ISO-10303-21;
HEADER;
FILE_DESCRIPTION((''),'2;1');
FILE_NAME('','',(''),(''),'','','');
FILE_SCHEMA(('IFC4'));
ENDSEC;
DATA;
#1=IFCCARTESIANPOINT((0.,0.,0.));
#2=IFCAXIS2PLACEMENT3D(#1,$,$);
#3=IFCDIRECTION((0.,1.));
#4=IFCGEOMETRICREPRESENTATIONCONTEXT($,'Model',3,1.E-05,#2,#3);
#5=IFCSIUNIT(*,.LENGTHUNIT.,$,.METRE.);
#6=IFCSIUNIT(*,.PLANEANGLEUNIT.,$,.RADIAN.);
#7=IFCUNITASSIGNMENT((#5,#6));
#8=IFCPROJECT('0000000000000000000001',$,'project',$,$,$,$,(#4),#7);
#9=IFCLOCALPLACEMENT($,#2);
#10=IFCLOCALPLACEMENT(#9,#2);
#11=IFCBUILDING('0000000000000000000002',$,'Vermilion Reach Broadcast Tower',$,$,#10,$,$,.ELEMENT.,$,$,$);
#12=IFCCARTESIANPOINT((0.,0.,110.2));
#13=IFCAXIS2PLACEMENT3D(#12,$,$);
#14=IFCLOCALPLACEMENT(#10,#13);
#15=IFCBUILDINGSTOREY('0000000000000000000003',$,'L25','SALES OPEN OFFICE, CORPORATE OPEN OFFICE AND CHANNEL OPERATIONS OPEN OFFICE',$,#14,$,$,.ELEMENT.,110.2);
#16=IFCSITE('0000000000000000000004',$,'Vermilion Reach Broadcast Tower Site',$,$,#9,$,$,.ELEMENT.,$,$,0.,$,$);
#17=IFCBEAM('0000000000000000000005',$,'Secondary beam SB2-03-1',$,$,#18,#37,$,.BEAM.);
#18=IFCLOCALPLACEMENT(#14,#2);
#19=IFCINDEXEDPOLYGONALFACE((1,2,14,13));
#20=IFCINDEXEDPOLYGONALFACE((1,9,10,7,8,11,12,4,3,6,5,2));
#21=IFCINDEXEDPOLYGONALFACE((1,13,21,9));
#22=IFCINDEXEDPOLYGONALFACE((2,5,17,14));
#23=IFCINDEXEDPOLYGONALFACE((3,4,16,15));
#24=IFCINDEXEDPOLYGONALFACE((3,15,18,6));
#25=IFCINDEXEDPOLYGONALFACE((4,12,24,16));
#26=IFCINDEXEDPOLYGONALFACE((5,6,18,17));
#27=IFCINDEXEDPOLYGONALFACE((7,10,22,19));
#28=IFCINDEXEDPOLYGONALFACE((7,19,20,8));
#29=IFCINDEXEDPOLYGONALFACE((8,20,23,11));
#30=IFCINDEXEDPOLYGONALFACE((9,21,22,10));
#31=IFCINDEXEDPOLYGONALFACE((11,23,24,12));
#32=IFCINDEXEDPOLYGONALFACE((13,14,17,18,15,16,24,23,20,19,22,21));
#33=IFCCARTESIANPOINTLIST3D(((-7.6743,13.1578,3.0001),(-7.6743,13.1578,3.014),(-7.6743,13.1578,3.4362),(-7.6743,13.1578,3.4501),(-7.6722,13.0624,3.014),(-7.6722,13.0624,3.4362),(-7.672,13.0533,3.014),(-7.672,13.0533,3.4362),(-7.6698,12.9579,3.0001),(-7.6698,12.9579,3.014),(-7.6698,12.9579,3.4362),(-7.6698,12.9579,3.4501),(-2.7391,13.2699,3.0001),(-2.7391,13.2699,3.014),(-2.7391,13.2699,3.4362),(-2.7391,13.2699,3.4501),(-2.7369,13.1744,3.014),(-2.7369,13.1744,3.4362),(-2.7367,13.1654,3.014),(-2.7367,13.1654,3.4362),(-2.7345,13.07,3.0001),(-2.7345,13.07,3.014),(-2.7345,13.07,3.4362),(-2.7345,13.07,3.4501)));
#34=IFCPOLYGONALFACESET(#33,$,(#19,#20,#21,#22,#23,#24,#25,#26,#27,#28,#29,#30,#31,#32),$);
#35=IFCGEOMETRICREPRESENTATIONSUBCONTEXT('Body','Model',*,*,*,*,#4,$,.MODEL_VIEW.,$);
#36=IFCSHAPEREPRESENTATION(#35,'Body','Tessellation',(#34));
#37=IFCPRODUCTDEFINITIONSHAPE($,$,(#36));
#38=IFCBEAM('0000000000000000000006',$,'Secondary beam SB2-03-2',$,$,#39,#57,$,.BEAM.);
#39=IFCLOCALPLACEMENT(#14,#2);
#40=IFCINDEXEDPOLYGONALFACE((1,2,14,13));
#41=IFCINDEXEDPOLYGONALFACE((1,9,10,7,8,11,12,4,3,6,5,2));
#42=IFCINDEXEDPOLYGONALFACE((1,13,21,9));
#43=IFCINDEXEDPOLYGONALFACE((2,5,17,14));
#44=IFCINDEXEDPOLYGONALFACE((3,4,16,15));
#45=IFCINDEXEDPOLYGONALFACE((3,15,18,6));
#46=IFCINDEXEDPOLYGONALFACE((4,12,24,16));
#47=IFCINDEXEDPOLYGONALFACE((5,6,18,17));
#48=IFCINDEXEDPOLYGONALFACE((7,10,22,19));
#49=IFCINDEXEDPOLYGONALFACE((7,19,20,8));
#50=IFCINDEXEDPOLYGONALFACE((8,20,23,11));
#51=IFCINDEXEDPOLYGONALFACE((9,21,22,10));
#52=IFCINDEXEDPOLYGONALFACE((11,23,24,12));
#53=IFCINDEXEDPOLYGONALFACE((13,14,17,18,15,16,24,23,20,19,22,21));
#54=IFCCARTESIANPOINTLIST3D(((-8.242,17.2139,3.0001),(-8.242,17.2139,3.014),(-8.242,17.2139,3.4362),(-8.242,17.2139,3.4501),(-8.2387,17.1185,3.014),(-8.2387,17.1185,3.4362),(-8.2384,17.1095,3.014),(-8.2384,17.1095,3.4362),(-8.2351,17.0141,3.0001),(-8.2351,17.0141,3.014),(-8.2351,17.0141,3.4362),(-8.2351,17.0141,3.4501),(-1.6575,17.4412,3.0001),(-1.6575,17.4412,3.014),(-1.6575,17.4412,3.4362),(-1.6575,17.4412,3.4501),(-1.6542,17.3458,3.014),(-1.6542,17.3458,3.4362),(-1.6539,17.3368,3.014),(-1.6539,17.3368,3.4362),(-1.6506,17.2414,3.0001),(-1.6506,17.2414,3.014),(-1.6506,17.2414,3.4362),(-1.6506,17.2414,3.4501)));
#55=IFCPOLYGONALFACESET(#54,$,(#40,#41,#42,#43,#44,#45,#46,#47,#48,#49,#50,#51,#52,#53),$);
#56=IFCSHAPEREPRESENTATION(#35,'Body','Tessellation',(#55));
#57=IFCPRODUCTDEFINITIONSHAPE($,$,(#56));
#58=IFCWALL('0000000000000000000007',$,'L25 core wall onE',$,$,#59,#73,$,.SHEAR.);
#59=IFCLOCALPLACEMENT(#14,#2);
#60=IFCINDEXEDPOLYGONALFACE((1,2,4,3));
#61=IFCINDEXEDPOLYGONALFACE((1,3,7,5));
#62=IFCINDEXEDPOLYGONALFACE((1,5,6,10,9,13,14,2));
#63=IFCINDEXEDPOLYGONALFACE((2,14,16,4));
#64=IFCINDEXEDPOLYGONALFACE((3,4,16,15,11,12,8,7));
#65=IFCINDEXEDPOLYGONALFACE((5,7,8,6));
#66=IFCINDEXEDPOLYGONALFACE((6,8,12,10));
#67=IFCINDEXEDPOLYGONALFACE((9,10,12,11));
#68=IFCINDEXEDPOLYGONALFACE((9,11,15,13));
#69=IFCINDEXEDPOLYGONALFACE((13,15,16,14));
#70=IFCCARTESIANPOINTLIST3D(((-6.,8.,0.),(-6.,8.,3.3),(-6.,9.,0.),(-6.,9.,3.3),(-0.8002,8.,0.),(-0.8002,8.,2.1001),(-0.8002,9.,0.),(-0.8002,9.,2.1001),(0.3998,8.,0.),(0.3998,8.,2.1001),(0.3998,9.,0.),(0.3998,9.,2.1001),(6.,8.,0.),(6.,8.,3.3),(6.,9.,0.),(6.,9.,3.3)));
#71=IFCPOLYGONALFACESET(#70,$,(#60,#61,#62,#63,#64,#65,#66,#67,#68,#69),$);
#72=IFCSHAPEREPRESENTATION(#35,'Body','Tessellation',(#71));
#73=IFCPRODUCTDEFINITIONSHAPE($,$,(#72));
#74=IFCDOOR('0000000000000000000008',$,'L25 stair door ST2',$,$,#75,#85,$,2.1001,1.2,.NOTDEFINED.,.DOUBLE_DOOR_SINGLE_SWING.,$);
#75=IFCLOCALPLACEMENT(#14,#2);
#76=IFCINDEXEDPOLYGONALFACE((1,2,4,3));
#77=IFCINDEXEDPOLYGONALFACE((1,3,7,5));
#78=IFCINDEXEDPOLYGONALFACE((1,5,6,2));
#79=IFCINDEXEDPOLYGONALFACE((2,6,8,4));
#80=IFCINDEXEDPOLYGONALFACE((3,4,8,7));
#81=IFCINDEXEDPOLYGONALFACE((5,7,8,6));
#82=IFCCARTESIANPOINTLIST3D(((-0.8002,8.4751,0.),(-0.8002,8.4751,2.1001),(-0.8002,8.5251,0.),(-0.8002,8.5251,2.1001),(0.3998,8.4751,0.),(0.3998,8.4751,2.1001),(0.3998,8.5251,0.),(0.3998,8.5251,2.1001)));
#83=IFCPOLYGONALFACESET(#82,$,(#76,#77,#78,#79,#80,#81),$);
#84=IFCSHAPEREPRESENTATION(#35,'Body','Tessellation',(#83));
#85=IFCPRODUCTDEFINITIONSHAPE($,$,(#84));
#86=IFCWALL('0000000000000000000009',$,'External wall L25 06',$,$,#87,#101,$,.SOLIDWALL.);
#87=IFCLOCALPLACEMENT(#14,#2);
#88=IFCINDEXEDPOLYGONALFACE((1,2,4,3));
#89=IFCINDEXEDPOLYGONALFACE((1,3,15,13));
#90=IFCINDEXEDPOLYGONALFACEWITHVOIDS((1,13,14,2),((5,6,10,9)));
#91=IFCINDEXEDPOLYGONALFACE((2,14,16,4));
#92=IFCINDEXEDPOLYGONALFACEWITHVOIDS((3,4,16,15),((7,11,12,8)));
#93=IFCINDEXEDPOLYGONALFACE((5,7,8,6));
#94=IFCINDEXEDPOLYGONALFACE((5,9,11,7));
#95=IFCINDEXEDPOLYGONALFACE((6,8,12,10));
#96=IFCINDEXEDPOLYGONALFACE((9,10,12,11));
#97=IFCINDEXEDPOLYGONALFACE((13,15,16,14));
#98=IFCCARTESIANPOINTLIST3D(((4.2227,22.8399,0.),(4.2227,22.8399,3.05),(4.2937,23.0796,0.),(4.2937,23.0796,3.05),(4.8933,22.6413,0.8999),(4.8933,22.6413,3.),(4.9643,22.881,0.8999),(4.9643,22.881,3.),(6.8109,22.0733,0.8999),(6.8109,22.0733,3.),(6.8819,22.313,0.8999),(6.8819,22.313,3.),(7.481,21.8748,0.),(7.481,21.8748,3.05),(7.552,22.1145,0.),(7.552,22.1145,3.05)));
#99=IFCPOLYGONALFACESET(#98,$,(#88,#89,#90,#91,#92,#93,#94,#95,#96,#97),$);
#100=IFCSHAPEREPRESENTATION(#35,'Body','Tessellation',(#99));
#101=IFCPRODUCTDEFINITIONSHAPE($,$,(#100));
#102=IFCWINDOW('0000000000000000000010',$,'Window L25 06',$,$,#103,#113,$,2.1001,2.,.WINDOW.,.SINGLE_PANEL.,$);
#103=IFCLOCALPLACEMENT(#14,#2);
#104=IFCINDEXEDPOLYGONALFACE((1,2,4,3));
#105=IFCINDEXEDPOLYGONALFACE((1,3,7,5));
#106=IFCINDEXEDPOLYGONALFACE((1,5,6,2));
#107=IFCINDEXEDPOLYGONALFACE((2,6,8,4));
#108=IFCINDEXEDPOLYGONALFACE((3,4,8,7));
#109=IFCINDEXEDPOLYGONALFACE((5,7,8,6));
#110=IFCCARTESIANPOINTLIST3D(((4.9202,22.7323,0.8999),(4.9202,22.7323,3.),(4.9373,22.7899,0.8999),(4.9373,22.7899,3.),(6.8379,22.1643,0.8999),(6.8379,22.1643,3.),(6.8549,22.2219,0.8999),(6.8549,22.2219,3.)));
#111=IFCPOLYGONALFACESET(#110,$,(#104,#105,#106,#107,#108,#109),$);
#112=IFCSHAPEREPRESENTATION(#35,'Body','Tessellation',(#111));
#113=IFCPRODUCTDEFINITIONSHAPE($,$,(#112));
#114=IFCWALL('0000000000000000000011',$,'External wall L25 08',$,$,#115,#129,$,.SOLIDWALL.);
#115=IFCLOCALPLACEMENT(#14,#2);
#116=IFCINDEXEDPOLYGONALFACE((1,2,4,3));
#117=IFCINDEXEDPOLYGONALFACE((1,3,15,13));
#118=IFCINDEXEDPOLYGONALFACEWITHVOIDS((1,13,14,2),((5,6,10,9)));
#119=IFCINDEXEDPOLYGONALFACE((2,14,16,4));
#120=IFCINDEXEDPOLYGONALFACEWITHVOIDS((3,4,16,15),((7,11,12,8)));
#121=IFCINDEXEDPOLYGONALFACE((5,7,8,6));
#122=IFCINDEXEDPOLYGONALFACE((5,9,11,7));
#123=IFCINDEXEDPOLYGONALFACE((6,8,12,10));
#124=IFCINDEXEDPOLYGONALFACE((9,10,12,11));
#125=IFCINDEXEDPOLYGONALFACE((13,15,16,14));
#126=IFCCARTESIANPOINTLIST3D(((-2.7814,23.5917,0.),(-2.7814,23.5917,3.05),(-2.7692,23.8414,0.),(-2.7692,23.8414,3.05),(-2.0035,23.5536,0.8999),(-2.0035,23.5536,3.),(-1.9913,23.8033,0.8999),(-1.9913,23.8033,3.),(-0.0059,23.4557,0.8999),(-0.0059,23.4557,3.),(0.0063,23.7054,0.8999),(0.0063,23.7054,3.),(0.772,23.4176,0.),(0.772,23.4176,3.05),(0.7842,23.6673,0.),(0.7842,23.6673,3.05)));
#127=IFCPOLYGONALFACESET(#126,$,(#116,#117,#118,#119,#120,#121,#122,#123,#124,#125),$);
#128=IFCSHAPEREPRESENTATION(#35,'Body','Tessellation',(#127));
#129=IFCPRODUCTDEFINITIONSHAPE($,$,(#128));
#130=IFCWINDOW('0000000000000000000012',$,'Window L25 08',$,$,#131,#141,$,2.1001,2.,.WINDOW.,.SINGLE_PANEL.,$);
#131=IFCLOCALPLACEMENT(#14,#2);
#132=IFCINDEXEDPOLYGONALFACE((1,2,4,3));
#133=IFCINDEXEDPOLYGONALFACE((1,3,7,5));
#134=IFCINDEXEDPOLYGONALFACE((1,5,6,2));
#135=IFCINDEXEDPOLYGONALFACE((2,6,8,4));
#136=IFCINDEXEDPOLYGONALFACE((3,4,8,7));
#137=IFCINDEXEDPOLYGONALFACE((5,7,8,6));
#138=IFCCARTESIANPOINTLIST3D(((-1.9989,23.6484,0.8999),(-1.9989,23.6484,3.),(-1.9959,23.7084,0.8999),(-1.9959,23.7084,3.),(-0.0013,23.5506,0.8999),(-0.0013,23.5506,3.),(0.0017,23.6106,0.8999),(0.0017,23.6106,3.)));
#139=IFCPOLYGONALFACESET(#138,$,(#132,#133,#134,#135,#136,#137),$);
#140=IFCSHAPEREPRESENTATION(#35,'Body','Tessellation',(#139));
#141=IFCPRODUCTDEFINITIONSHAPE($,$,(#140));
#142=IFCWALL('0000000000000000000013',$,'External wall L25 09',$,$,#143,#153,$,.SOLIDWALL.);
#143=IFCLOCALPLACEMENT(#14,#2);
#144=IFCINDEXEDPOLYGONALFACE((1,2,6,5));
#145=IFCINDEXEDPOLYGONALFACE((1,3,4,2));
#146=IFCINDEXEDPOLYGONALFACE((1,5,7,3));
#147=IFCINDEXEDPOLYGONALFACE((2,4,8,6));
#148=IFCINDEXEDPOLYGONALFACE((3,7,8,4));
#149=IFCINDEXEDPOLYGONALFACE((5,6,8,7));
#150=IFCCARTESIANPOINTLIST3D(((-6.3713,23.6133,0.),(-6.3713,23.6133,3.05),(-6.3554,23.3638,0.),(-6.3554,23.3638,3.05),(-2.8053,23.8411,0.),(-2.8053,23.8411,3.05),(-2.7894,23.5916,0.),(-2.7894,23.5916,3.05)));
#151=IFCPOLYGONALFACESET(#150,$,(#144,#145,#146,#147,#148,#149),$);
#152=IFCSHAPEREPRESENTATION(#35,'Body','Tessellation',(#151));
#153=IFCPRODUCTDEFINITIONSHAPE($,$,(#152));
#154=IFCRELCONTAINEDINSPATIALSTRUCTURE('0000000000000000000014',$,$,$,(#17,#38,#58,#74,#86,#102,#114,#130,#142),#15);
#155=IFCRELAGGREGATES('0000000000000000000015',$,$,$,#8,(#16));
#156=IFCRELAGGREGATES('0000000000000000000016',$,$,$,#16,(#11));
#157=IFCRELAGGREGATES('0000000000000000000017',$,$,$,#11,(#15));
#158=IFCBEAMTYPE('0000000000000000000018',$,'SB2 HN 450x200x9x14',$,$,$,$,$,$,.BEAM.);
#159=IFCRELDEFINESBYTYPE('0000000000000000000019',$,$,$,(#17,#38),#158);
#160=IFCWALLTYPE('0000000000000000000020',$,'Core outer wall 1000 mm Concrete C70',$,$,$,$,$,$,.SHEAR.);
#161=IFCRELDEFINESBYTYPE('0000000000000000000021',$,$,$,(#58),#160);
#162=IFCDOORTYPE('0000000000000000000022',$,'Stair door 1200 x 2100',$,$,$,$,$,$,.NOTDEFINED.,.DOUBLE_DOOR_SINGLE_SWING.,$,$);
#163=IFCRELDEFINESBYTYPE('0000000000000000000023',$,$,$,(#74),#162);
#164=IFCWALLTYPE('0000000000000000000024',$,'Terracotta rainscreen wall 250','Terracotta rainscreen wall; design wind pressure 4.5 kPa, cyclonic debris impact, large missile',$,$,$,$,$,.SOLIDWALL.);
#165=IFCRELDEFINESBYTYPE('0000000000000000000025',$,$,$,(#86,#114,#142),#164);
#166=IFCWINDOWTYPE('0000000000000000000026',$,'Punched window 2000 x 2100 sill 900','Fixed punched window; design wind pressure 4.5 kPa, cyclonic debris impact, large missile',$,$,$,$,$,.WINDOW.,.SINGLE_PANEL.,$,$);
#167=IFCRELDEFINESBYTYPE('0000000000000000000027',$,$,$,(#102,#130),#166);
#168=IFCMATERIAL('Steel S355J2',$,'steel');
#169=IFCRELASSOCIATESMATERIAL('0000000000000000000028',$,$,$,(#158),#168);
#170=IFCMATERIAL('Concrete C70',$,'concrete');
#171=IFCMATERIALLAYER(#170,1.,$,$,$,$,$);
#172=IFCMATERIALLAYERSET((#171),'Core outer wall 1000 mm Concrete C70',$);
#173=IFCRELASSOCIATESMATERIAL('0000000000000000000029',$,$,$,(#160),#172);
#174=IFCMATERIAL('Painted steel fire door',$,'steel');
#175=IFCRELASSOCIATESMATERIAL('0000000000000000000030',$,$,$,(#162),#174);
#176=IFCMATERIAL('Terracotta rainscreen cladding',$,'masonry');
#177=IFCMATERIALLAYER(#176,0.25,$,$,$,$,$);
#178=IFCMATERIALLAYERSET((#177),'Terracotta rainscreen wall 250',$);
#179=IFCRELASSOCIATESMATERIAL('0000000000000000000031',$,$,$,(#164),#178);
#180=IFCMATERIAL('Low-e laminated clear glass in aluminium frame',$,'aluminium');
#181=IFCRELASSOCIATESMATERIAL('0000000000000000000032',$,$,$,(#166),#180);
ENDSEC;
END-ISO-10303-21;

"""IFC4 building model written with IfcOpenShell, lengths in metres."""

from ifc_helpers import new_model, si_unit, direction, frame, frame_2d, origin, origin_2d, place, context, subcontext, project, spatial, rectangle, i_section, extrude, material, layer, layer_set, material_profile, profile_set, type_object, element, fill, save


model = new_model("IFC4")

# Units and contexts
model_context = context("Model", 3, precision=1e-05, world=origin(), true_north=direction((0.0, 1.0)))
body_context = subcontext(model_context, "Body", "Model", "MODEL_VIEW")
ifc_project = project(units=[si_unit("LENGTHUNIT", "METRE"), si_unit("PLANEANGLEUNIT", "RADIAN")], contexts=[model_context])

# Site, building, storey
site_placement = place(None, origin())
site = spatial("IfcSite", under=ifc_project, at=site_placement, Name="Vermilion Reach Broadcast Tower Site", CompositionType="ELEMENT", RefElevation=0.0)
building_placement = place(site_placement, origin())
building = spatial("IfcBuilding", under=site, at=building_placement, Name="Vermilion Reach Broadcast Tower", CompositionType="ELEMENT")
storey_placement = place(building_placement, frame((0.0, 0.0, 110.2)))
storey = spatial("IfcBuildingStorey", under=building, at=storey_placement, Name="L25", Description="SALES OPEN OFFICE, CORPORATE OPEN OFFICE AND CHANNEL OPERATIONS OPEN OFFICE", CompositionType="ELEMENT", Elevation=110.2)

# Beams
ifc_material_1 = material(Name="Steel S355J2", Category="steel")
ifc_material_profile_1 = material_profile(ifc_material_1, i_section(OverallWidth=0.2, OverallDepth=0.45, WebThickness=0.009, FlangeThickness=0.0139, at=origin_2d()), Name="S355J2 HN 450x200x9x14")
ifc_profile_set_1 = profile_set([ifc_material_profile_1], Name="Steel S355J2")
beam_type_1 = type_object("IfcBeamType", Name="SB2 HN 450x200x9x14", PredefinedType="BEAM", material=ifc_profile_set_1)
beam_1_placement = place(storey_placement, frame((-2.7368, 13.1699, 3.2251), z_axis=(-0.999742, -0.0227, 0.0), x_axis=(0.0227, -0.999742, 0.0)))
element("IfcBeam", 1, at=beam_1_placement, inside=storey, type_object=beam_type_1, Name="Secondary beam SB2-03-1", PredefinedType="BEAM", context=body_context, shape_type="SweptSolid", body=[
    extrude(i_section(OverallWidth=0.2, OverallDepth=0.45, WebThickness=0.009, FlangeThickness=0.0139, at=origin_2d()), origin(), (0.0, 0.0, 1.0), 4.9365),
])
beam_2_placement = place(storey_placement, frame((-1.6541, 17.3413, 3.2251), z_axis=(-0.999405, -0.034499, 0.0), x_axis=(0.034499, -0.999405, 0.0)))
element("IfcBeam", 2, at=beam_2_placement, inside=storey, type_object=beam_type_1, Name="Secondary beam SB2-03-2", PredefinedType="BEAM", context=body_context, shape_type="SweptSolid", body=[
    extrude(i_section(OverallWidth=0.2, OverallDepth=0.45, WebThickness=0.009, FlangeThickness=0.0139, at=origin_2d()), origin(), (0.0, 0.0, 1.0), 6.5884),
])

# Wall, opening, door
ifc_material_2 = material(Name="Concrete C70", Category="concrete")
ifc_layer_1 = layer(ifc_material_2, 1.0)
ifc_layer_set_1 = layer_set([ifc_layer_1], Name="Core outer wall 1000 mm Concrete C70")
wall_type_1 = type_object("IfcWallType", Name="Core outer wall 1000 mm Concrete C70", PredefinedType="SHEAR", material=ifc_layer_set_1)
wall_1_placement = place(storey_placement, frame((6.0, 8.5, 0.0), z_axis=(0.0, 0.0, 1.0), x_axis=(-1.0, 0.0, 0.0)))
wall_1 = element("IfcWall", 3, at=wall_1_placement, inside=storey, type_object=wall_type_1, Name="L25 core wall onE", PredefinedType="SHEAR", context=body_context, shape_type="SweptSolid", body=[
    extrude(rectangle(XDim=12.0, YDim=1.0, at=frame_2d((6.0, 0.0))), origin(), (0.0, 0.0, 1.0), 3.3),
])
opening_1_placement = place(wall_1_placement, frame((5.6001, 0.0, 0.0)))
opening_1 = element("IfcOpeningElement", 4, at=opening_1_placement, cuts=wall_1, PredefinedType="OPENING", context=body_context, shape_type="SweptSolid", body=[
    extrude(rectangle(XDim=1.2, YDim=2.1001, at=frame_2d((0.6001, 1.05))), frame((0.0, 0.51, 0.0), z_axis=(0.0, -1.0, 0.0), x_axis=(1.0, 0.0, 0.0)), (0.0, 0.0, 1.0), 1.02),
])
ifc_material_3 = material(Name="Painted steel fire door", Category="steel")
door_type_1 = type_object("IfcDoorType", Name="Stair door 1200 x 2100", OperationType="DOUBLE_DOOR_SINGLE_SWING", PredefinedType="NOTDEFINED", material=ifc_material_3)
door_1_placement = place(opening_1_placement, origin())
door_1 = element("IfcDoor", 5, at=door_1_placement, inside=storey, type_object=door_type_1, Name="L25 stair door ST2", OperationType="DOUBLE_DOOR_SINGLE_SWING", OverallHeight=2.1001, OverallWidth=1.2, PredefinedType="NOTDEFINED", context=body_context, shape_type="SweptSolid", body=[
    extrude(rectangle(XDim=1.2, YDim=2.1001, at=frame_2d((0.6001, 1.05))), frame((0.0, 0.0249, 0.0), z_axis=(0.0, -1.0, 0.0), x_axis=(1.0, 0.0, 0.0)), (0.0, 0.0, 1.0), 0.05),
])
fill(opening_1, door_1)

# Wall, opening, window
ifc_material_4 = material(Name="Terracotta rainscreen cladding", Category="masonry")
ifc_layer_2 = layer(ifc_material_4, 0.25)
ifc_layer_set_2 = layer_set([ifc_layer_2], Name="Terracotta rainscreen wall 250")
wall_type_2 = type_object("IfcWallType", Name="Terracotta rainscreen wall 250", Description="Terracotta rainscreen wall; design wind pressure 4.5 kPa, cyclonic debris impact, large missile", PredefinedType="SOLIDWALL", material=ifc_layer_set_2)
wall_2_placement = place(storey_placement, frame((7.5166, 21.9946, 0.0), z_axis=(0.0, 0.0, 1.0), x_axis=(-0.958825, 0.283998, 0.0)))
wall_2 = element("IfcWall", 6, at=wall_2_placement, inside=storey, type_object=wall_type_2, Name="External wall L25 06", PredefinedType="SOLIDWALL", context=body_context, shape_type="SweptSolid", body=[
    extrude(rectangle(XDim=3.3982, YDim=0.25, at=frame_2d((1.6992, 0.0))), origin(), (0.0, 0.0, 1.0), 3.05),
])
opening_2_placement = place(wall_2_placement, frame((0.699, 0.0, 0.8999)))
opening_2 = element("IfcOpeningElement", 7, at=opening_2_placement, cuts=wall_2, PredefinedType="OPENING", context=body_context, shape_type="SweptSolid", body=[
    extrude(rectangle(XDim=2.0, YDim=2.1001, at=frame_2d((1.0, 1.05))), frame((0.0, 0.135, 0.0), z_axis=(0.0, -1.0, 0.0), x_axis=(1.0, 0.0, 0.0)), (0.0, 0.0, 1.0), 0.27),
])
ifc_material_5 = material(Name="Low-e laminated clear glass in aluminium frame", Category="aluminium")
window_type = type_object("IfcWindowType", Name="Punched window 2000 x 2100 sill 900", Description="Fixed punched window; design wind pressure 4.5 kPa, cyclonic debris impact, large missile", PartitioningType="SINGLE_PANEL", PredefinedType="WINDOW", material=ifc_material_5)
window_1_placement = place(opening_2_placement, origin())
window_1 = element("IfcWindow", 8, at=window_1_placement, inside=storey, type_object=window_type, Name="Window L25 06", OverallHeight=2.1001, OverallWidth=2.0, PartitioningType="SINGLE_PANEL", PredefinedType="WINDOW", context=body_context, shape_type="SweptSolid", body=[
    extrude(rectangle(XDim=2.0, YDim=2.1001, at=frame_2d((1.0, 1.05))), frame((0.0, 0.03, 0.0), z_axis=(0.0, -1.0, 0.0), x_axis=(1.0, 0.0, 0.0)), (0.0, 0.0, 1.0), 0.0601),
])
fill(opening_2, window_1)

# Wall, opening, window
wall_3_placement = place(storey_placement, frame((0.7781, 23.5425, 0.0), z_axis=(0.0, 0.0, 1.0), x_axis=(-0.998802, 0.048928, 0.0)))
wall_3 = element("IfcWall", 9, at=wall_3_placement, inside=storey, type_object=wall_type_2, Name="External wall L25 08", PredefinedType="SOLIDWALL", context=body_context, shape_type="SweptSolid", body=[
    extrude(rectangle(XDim=3.5576, YDim=0.25, at=frame_2d((1.7788, 0.0))), origin(), (0.0, 0.0, 1.0), 3.05),
])
opening_3_placement = place(wall_3_placement, frame((0.7788, 0.0, 0.8999)))
opening_3 = element("IfcOpeningElement", 10, at=opening_3_placement, cuts=wall_3, PredefinedType="OPENING", context=body_context, shape_type="SweptSolid", body=[
    extrude(rectangle(XDim=2.0, YDim=2.1001, at=frame_2d((1.0, 1.05))), frame((0.0, 0.135, 0.0), z_axis=(0.0, -1.0, 0.0), x_axis=(1.0, 0.0, 0.0)), (0.0, 0.0, 1.0), 0.27),
])
window_2_placement = place(opening_3_placement, origin())
window_2 = element("IfcWindow", 11, at=window_2_placement, inside=storey, type_object=window_type, Name="Window L25 08", OverallHeight=2.1001, OverallWidth=2.0, PartitioningType="SINGLE_PANEL", PredefinedType="WINDOW", context=body_context, shape_type="SweptSolid", body=[
    extrude(rectangle(XDim=2.0, YDim=2.1001, at=frame_2d((1.0, 1.05))), frame((0.0, 0.03, 0.0), z_axis=(0.0, -1.0, 0.0), x_axis=(1.0, 0.0, 0.0)), (0.0, 0.0, 1.0), 0.0601),
])
fill(opening_3, window_2)

# Wall
wall_4_placement = place(storey_placement, frame((-2.7974, 23.7163, 0.0), z_axis=(0.0, 0.0, 1.0), x_axis=(-0.997966, -0.063748, 0.0)))
element("IfcWall", 12, at=wall_4_placement, inside=storey, type_object=wall_type_2, Name="External wall L25 09", PredefinedType="SOLIDWALL", context=body_context, shape_type="SweptSolid", body=[
    extrude(rectangle(XDim=3.5732, YDim=0.25, at=frame_2d((1.7866, 0.0))), origin(), (0.0, 0.0, 1.0), 3.05),
])

save(model, "model.ifc")
